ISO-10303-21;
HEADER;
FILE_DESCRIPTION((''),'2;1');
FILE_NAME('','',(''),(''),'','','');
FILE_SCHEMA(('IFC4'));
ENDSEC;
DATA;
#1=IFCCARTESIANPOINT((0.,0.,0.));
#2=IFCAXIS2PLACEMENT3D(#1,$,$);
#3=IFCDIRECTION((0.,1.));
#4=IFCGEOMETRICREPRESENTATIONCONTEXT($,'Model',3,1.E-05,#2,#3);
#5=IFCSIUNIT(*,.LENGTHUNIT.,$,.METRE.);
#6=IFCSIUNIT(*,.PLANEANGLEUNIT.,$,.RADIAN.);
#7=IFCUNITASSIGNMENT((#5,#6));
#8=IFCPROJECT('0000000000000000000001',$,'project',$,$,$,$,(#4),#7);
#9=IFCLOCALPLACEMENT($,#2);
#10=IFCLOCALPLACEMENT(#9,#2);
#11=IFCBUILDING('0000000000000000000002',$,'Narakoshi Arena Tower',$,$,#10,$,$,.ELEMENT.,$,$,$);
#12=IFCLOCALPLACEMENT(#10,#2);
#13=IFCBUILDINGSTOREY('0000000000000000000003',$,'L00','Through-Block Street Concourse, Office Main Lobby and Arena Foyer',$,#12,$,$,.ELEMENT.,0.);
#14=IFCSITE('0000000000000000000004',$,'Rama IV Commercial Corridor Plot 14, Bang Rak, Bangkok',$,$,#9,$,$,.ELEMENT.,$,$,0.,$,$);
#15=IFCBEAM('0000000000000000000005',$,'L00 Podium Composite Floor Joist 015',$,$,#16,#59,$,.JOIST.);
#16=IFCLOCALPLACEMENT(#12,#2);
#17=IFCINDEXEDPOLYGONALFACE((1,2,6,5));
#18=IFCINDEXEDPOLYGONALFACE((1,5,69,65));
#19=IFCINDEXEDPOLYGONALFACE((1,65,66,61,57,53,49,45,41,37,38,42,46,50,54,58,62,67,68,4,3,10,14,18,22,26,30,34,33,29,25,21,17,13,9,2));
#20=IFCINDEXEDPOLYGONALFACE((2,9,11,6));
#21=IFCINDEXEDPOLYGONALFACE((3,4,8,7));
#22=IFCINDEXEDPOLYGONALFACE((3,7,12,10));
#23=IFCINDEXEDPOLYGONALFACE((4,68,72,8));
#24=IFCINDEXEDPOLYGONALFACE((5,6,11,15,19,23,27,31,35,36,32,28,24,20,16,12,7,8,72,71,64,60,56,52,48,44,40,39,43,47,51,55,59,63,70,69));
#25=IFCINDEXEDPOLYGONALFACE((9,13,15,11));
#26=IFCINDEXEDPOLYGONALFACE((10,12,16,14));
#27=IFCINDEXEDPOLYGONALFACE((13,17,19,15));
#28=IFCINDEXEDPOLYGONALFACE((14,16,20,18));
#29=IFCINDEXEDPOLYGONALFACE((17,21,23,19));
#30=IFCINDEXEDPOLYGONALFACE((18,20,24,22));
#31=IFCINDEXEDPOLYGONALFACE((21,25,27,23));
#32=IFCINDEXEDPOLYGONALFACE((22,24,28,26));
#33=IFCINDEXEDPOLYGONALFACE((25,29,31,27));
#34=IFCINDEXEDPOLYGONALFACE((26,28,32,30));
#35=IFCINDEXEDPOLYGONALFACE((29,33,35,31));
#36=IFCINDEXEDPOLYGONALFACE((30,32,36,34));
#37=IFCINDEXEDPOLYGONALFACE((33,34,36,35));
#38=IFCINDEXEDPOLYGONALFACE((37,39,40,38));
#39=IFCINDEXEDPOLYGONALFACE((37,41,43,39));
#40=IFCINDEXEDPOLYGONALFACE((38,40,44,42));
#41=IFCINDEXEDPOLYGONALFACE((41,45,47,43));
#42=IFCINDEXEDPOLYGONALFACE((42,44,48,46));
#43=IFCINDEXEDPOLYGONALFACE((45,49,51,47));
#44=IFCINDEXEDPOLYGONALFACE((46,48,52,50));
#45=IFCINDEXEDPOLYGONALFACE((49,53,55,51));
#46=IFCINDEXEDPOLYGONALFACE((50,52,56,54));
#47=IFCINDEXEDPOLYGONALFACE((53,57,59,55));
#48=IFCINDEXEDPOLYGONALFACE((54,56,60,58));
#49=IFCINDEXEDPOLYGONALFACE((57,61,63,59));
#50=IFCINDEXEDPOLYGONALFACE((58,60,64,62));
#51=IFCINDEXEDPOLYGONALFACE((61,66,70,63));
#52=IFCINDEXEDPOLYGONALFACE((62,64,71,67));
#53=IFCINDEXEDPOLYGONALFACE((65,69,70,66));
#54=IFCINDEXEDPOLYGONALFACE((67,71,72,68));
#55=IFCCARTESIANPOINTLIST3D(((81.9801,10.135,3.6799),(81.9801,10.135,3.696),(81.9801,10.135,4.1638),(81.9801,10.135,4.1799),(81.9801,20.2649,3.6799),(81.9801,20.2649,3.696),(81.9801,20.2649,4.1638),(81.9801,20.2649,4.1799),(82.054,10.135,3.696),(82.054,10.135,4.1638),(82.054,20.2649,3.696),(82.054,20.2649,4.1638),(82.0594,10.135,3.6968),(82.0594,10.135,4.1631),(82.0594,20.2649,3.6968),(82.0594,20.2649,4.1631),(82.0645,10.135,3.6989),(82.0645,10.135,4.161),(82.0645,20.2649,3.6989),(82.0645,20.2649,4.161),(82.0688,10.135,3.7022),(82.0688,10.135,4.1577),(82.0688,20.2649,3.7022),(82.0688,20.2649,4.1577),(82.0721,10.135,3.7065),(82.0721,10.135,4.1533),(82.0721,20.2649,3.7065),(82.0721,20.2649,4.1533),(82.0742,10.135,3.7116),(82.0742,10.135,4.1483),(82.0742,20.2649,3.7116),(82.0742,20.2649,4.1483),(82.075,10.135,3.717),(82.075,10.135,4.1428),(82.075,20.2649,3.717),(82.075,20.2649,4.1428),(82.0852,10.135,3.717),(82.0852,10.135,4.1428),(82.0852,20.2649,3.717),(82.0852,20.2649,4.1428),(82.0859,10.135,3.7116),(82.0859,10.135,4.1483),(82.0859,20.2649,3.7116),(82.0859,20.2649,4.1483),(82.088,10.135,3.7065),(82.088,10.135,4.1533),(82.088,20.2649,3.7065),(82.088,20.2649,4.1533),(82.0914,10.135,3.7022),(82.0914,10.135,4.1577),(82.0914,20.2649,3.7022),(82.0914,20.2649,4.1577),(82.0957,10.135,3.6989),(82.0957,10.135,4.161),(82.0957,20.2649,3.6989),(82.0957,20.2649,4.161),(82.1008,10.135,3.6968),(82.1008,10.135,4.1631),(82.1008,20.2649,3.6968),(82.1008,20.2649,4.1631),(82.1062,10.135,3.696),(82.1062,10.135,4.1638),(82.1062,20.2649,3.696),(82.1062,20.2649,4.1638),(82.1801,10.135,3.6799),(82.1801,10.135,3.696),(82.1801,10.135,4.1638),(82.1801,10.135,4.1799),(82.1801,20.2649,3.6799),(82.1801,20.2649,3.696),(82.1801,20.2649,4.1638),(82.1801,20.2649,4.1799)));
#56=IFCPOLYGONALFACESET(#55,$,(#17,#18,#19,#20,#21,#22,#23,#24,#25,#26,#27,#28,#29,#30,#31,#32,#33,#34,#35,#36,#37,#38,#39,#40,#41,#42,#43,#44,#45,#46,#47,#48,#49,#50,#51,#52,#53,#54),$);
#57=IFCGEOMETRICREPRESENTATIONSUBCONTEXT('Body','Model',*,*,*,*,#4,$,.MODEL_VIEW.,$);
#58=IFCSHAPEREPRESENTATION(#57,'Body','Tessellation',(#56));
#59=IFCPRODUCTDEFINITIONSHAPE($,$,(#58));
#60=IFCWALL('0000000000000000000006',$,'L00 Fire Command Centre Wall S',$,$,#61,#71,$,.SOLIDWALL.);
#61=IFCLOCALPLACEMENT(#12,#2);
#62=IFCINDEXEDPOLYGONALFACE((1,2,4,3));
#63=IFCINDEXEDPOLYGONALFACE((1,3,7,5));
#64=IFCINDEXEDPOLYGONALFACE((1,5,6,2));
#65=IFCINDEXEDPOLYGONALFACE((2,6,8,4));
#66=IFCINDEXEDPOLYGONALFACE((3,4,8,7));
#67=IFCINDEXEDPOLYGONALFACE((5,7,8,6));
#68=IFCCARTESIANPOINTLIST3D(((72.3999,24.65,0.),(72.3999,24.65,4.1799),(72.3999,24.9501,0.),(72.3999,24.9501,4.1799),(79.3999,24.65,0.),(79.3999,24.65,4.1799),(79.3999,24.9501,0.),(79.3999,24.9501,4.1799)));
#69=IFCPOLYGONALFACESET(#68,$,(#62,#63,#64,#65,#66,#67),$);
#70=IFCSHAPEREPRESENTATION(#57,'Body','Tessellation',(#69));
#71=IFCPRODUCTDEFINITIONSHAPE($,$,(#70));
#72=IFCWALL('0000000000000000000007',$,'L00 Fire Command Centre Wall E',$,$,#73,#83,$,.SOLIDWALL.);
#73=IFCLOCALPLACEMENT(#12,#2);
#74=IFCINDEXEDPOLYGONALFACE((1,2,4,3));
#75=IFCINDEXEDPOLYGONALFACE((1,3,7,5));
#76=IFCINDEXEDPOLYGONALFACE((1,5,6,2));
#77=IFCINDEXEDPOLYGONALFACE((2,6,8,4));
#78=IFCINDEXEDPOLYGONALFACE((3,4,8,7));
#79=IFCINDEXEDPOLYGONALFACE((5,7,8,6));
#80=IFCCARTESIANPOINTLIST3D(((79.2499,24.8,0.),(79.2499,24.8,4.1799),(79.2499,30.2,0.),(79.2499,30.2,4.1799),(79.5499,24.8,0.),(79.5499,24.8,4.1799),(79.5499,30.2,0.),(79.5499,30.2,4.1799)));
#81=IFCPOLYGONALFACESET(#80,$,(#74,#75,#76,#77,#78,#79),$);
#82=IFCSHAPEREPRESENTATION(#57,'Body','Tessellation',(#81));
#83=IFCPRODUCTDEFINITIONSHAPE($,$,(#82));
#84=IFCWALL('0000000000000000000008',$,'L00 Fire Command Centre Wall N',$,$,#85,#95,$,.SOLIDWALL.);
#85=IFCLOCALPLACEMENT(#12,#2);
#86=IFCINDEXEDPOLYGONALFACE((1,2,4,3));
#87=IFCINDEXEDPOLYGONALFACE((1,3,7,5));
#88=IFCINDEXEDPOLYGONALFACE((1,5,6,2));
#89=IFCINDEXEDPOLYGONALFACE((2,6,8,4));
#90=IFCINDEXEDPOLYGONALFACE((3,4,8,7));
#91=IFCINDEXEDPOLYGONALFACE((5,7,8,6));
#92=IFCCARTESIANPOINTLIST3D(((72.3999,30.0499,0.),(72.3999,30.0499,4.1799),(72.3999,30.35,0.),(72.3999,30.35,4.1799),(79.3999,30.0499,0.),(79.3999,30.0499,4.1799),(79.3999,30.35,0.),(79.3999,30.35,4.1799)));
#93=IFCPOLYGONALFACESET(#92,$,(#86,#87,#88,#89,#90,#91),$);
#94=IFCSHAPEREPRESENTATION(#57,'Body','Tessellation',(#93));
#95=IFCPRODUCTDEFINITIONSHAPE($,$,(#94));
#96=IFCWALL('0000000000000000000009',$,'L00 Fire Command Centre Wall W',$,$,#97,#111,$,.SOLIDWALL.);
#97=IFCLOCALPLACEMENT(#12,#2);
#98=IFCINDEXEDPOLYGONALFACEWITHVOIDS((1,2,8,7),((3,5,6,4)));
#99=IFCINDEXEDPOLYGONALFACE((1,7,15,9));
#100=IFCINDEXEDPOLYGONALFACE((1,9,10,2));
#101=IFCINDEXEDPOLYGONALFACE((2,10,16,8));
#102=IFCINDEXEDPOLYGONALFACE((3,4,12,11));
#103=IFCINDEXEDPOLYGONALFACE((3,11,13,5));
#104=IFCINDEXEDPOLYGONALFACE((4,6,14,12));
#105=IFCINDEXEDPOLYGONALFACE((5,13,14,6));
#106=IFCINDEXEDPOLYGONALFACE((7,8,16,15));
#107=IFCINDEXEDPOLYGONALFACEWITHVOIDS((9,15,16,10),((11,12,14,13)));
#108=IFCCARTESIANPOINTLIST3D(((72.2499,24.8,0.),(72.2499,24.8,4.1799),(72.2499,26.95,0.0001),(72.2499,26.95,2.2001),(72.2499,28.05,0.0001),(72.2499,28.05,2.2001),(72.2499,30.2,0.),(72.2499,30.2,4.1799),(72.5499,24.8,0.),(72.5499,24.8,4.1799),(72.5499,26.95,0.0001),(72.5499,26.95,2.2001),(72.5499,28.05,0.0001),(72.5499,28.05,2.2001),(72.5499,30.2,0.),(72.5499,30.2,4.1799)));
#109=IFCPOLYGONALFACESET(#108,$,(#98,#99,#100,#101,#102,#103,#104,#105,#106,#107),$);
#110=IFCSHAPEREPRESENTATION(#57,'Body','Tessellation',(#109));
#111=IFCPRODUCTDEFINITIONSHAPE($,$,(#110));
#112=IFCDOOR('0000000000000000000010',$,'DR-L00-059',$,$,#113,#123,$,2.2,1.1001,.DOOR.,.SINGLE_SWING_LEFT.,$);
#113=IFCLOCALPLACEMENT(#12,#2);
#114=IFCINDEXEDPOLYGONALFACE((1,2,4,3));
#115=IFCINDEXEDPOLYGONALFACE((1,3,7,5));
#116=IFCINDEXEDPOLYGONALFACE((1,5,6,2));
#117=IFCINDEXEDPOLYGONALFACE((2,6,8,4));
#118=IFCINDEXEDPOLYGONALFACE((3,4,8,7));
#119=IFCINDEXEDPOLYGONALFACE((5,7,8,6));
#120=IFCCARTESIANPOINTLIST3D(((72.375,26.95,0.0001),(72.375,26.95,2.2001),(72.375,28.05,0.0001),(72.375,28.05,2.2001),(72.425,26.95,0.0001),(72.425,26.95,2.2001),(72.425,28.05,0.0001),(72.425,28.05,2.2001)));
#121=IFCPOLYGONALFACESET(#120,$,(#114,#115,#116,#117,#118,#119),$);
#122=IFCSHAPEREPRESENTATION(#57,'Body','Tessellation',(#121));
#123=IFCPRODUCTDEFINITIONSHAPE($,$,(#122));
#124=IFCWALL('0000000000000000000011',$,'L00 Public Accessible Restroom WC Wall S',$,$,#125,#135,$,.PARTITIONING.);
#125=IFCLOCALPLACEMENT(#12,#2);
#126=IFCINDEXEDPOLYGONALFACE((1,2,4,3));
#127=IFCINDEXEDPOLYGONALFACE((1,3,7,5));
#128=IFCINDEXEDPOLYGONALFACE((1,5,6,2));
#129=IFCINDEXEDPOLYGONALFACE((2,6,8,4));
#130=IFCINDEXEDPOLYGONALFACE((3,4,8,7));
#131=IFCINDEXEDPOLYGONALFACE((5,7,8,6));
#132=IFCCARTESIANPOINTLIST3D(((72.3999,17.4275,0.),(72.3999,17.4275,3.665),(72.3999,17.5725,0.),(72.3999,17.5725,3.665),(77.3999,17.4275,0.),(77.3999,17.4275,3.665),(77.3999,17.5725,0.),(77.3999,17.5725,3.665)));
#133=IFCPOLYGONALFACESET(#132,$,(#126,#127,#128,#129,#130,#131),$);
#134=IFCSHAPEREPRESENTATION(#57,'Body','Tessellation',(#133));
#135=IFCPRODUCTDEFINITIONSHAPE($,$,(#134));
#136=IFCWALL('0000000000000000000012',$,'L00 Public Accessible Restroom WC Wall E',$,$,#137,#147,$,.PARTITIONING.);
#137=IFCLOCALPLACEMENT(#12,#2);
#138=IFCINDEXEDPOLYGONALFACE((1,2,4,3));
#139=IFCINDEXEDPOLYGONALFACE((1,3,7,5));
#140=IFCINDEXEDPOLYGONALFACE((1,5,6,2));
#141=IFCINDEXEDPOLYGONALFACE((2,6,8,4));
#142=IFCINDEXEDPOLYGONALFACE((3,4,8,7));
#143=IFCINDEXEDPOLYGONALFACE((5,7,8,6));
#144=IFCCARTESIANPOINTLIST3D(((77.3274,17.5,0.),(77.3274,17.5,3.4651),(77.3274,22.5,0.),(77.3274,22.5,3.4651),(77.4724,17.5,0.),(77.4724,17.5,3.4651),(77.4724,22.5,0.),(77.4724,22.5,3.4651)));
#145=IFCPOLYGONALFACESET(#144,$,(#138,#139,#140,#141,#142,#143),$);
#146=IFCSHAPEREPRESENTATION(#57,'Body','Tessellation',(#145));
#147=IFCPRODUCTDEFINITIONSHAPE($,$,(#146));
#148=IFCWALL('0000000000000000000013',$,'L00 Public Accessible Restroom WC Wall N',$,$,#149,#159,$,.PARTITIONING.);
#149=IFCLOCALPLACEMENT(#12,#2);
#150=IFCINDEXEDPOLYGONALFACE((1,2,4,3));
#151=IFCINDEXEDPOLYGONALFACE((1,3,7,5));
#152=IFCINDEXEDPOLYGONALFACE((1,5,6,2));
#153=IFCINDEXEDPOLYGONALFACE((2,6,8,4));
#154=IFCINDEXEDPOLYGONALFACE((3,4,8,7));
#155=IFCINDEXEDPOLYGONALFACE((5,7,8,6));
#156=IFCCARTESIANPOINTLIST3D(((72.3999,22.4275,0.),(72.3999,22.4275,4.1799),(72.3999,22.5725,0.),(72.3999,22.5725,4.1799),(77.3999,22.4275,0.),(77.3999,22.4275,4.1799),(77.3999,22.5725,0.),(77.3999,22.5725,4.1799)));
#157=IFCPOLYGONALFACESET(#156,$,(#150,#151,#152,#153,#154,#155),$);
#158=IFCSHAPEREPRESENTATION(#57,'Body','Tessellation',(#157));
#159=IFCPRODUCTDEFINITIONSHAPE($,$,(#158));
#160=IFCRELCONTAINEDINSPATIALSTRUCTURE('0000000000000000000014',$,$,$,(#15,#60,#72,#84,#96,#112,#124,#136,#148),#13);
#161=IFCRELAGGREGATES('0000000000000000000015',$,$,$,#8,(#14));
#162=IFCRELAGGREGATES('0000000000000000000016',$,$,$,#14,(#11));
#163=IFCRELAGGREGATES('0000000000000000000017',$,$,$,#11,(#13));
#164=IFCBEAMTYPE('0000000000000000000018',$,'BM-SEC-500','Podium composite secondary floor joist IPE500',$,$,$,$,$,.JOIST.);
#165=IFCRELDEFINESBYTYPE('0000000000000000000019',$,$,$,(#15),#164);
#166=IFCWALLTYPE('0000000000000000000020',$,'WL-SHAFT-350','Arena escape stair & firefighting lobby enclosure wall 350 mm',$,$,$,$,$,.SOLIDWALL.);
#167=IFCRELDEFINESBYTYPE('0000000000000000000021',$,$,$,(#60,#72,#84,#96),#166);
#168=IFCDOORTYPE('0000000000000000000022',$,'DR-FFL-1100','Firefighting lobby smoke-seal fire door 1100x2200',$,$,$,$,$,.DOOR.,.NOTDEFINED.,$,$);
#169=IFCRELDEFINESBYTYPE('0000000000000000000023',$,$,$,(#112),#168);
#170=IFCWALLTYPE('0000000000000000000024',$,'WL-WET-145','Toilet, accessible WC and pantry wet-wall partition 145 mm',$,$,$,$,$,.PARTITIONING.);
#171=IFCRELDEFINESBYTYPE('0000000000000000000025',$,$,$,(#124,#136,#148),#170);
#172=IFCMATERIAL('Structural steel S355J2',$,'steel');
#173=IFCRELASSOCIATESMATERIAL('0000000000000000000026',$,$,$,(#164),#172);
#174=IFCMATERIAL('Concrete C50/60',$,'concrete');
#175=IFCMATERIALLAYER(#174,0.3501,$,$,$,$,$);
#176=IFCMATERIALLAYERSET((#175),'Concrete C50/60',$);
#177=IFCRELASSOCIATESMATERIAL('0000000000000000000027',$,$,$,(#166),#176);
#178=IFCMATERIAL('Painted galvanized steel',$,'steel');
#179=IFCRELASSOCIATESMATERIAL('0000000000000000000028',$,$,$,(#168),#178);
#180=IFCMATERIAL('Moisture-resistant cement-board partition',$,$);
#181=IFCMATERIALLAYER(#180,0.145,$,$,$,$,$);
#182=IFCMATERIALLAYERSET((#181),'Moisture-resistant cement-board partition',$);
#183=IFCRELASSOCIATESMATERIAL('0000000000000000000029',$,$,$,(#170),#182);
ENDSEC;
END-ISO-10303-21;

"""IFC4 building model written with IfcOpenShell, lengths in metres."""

from ifc_helpers import new_model, si_unit, direction, frame, frame_2d, origin, origin_2d, place, context, subcontext, project, spatial, rectangle, i_section, extrude, material, layer, layer_set, material_profile, profile_set, type_object, element, fill, save


model = new_model("IFC4")

# Units and contexts
model_context = context("Model", 3, precision=1e-05, world=origin(), true_north=direction((0.0, 1.0)))
body_context = subcontext(model_context, "Body", "Model", "MODEL_VIEW")
ifc_project = project(units=[si_unit("LENGTHUNIT", "METRE"), si_unit("PLANEANGLEUNIT", "RADIAN")], contexts=[model_context])

# Site, building, storey
site_placement = place(None, origin())
site = spatial("IfcSite", under=ifc_project, at=site_placement, Name="Rama IV Commercial Corridor Plot 14, Bang Rak, Bangkok", CompositionType="ELEMENT", RefElevation=0.0)
building_placement = place(site_placement, origin())
building = spatial("IfcBuilding", under=site, at=building_placement, Name="Narakoshi Arena Tower", CompositionType="ELEMENT")
storey_placement = place(building_placement, origin())
storey = spatial("IfcBuildingStorey", under=building, at=storey_placement, Name="L00", Description="Through-Block Street Concourse, Office Main Lobby and Arena Foyer", CompositionType="ELEMENT", Elevation=0.0)

# Beam
ifc_material_1 = material(Name="Structural steel S355J2", Category="steel")
ifc_material_profile_1 = material_profile(ifc_material_1, i_section(OverallWidth=0.2, OverallDepth=0.5, WebThickness=0.0103, FlangeThickness=0.0161, FilletRadius=0.021, at=origin_2d()), Name="IPE500")
ifc_profile_set_1 = profile_set([ifc_material_profile_1], Name="Structural steel S355J2")
beam_type_1 = type_object("IfcBeamType", Name="BM-SEC-500", Description="Podium composite secondary floor joist IPE500", PredefinedType="JOIST", material=ifc_profile_set_1)
beam_1_placement = place(storey_placement, frame((82.0801, 10.135, 3.9299), z_axis=(0.0, 1.0, 0.0), x_axis=(-1.0, 0.0, 0.0)))
element("IfcBeam", 1, at=beam_1_placement, inside=storey, type_object=beam_type_1, Name="L00 Podium Composite Floor Joist 015", PredefinedType="JOIST", context=body_context, shape_type="SweptSolid", body=[
    extrude(i_section(OverallWidth=0.2, OverallDepth=0.5, WebThickness=0.0103, FlangeThickness=0.0161, FilletRadius=0.021, at=origin_2d()), origin(), (0.0, 0.0, 1.0), 10.1299),
])

# Walls
ifc_material_2 = material(Name="Concrete C50/60", Category="concrete")
ifc_layer_1 = layer(ifc_material_2, 0.3501)
ifc_layer_set_1 = layer_set([ifc_layer_1], Name="Concrete C50/60")
wall_type_1 = type_object("IfcWallType", Name="WL-SHAFT-350", Description="Arena escape stair & firefighting lobby enclosure wall 350 mm", PredefinedType="SOLIDWALL", material=ifc_layer_set_1)
wall_1_placement = place(storey_placement, frame((72.3999, 24.8, 0.0), z_axis=(0.0, 0.0, 1.0), x_axis=(1.0, 0.0, 0.0)))
element("IfcWall", 2, at=wall_1_placement, inside=storey, type_object=wall_type_1, Name="L00 Fire Command Centre Wall S", PredefinedType="SOLIDWALL", context=body_context, shape_type="SweptSolid", body=[
    extrude(rectangle(XDim=7.0, YDim=0.3, at=frame_2d((3.5, 0.0))), origin(), (0.0, 0.0, 1.0), 4.1799),
])
wall_2_placement = place(storey_placement, frame((79.3999, 24.8, 0.0), z_axis=(0.0, 0.0, 1.0), x_axis=(0.0, 1.0, 0.0)))
element("IfcWall", 3, at=wall_2_placement, inside=storey, type_object=wall_type_1, Name="L00 Fire Command Centre Wall E", PredefinedType="SOLIDWALL", context=body_context, shape_type="SweptSolid", body=[
    extrude(rectangle(XDim=5.3999, YDim=0.3, at=frame_2d((2.7, 0.0))), origin(), (0.0, 0.0, 1.0), 4.1799),
])
wall_3_placement = place(storey_placement, frame((79.3999, 30.2, 0.0), z_axis=(0.0, 0.0, 1.0), x_axis=(-1.0, 0.0, 0.0)))
element("IfcWall", 4, at=wall_3_placement, inside=storey, type_object=wall_type_1, Name="L00 Fire Command Centre Wall N", PredefinedType="SOLIDWALL", context=body_context, shape_type="SweptSolid", body=[
    extrude(rectangle(XDim=7.0, YDim=0.3, at=frame_2d((3.5, 0.0))), origin(), (0.0, 0.0, 1.0), 4.1799),
])

# Wall, opening, door
wall_4_placement = place(storey_placement, frame((72.3999, 30.2, 0.0), z_axis=(0.0, 0.0, 1.0), x_axis=(0.0, -1.0, 0.0)))
wall_4 = element("IfcWall", 5, at=wall_4_placement, inside=storey, type_object=wall_type_1, Name="L00 Fire Command Centre Wall W", PredefinedType="SOLIDWALL", context=body_context, shape_type="SweptSolid", body=[
    extrude(rectangle(XDim=5.3999, YDim=0.3, at=frame_2d((2.7, 0.0))), origin(), (0.0, 0.0, 1.0), 4.1799),
])
opening_1_placement = place(wall_4_placement, frame((2.1499, 0.0, 0.0)))
opening_1 = element("IfcOpeningElement", 6, at=opening_1_placement, cuts=wall_4, PredefinedType="OPENING", context=body_context, shape_type="SweptSolid", body=[
    extrude(rectangle(XDim=1.1001, YDim=2.2, at=frame_2d((0.55, 1.1001))), frame((0.0, 0.1599, 0.0), z_axis=(0.0, -1.0, 0.0), x_axis=(1.0, 0.0, 0.0)), (0.0, 0.0, 1.0), 0.3201),
])
ifc_material_3 = material(Name="Painted galvanized steel", Category="steel")
door_type_1 = type_object("IfcDoorType", Name="DR-FFL-1100", Description="Firefighting lobby smoke-seal fire door 1100x2200", OperationType="NOTDEFINED", PredefinedType="DOOR", material=ifc_material_3)
door_1_placement = place(opening_1_placement, frame((1.1001, 0.0, 0.0), z_axis=(0.0, 0.0, 1.0), x_axis=(-1.0, 0.0, 0.0)))
door_1 = element("IfcDoor", 7, at=door_1_placement, inside=storey, type_object=door_type_1, Name="DR-L00-059", OperationType="SINGLE_SWING_LEFT", OverallHeight=2.2, OverallWidth=1.1001, PredefinedType="DOOR", context=body_context, shape_type="SweptSolid", body=[
    extrude(rectangle(XDim=1.1001, YDim=2.2, at=frame_2d((0.55, 1.1001))), frame((0.0, 0.0249, 0.0), z_axis=(0.0, -1.0, 0.0), x_axis=(1.0, 0.0, 0.0)), (0.0, 0.0, 1.0), 0.05),
])
fill(opening_1, door_1)

# Walls
ifc_material_4 = material(Name="Moisture-resistant cement-board partition")
ifc_layer_2 = layer(ifc_material_4, 0.145)
ifc_layer_set_2 = layer_set([ifc_layer_2], Name="Moisture-resistant cement-board partition")
wall_type_2 = type_object("IfcWallType", Name="WL-WET-145", Description="Toilet, accessible WC and pantry wet-wall partition 145 mm", PredefinedType="PARTITIONING", material=ifc_layer_set_2)
wall_5_placement = place(storey_placement, frame((72.3999, 17.5, 0.0), z_axis=(0.0, 0.0, 1.0), x_axis=(1.0, 0.0, 0.0)))
element("IfcWall", 8, at=wall_5_placement, inside=storey, type_object=wall_type_2, Name="L00 Public Accessible Restroom WC Wall S", PredefinedType="PARTITIONING", context=body_context, shape_type="SweptSolid", body=[
    extrude(rectangle(XDim=5.0, YDim=0.145, at=frame_2d((2.5, 0.0))), origin(), (0.0, 0.0, 1.0), 3.665),
])
wall_6_placement = place(storey_placement, frame((77.3999, 17.5, 0.0), z_axis=(0.0, 0.0, 1.0), x_axis=(0.0, 1.0, 0.0)))
element("IfcWall", 9, at=wall_6_placement, inside=storey, type_object=wall_type_2, Name="L00 Public Accessible Restroom WC Wall E", PredefinedType="PARTITIONING", context=body_context, shape_type="SweptSolid", body=[
    extrude(rectangle(XDim=5.0, YDim=0.145, at=frame_2d((2.5, 0.0))), origin(), (0.0, 0.0, 1.0), 3.4651),
])
wall_7_placement = place(storey_placement, frame((77.3999, 22.5, 0.0), z_axis=(0.0, 0.0, 1.0), x_axis=(-1.0, 0.0, 0.0)))
element("IfcWall", 10, at=wall_7_placement, inside=storey, type_object=wall_type_2, Name="L00 Public Accessible Restroom WC Wall N", PredefinedType="PARTITIONING", context=body_context, shape_type="SweptSolid", body=[
    extrude(rectangle(XDim=5.0, YDim=0.145, at=frame_2d((2.5, 0.0))), origin(), (0.0, 0.0, 1.0), 4.1799),
])

save(model, "model.ifc")
